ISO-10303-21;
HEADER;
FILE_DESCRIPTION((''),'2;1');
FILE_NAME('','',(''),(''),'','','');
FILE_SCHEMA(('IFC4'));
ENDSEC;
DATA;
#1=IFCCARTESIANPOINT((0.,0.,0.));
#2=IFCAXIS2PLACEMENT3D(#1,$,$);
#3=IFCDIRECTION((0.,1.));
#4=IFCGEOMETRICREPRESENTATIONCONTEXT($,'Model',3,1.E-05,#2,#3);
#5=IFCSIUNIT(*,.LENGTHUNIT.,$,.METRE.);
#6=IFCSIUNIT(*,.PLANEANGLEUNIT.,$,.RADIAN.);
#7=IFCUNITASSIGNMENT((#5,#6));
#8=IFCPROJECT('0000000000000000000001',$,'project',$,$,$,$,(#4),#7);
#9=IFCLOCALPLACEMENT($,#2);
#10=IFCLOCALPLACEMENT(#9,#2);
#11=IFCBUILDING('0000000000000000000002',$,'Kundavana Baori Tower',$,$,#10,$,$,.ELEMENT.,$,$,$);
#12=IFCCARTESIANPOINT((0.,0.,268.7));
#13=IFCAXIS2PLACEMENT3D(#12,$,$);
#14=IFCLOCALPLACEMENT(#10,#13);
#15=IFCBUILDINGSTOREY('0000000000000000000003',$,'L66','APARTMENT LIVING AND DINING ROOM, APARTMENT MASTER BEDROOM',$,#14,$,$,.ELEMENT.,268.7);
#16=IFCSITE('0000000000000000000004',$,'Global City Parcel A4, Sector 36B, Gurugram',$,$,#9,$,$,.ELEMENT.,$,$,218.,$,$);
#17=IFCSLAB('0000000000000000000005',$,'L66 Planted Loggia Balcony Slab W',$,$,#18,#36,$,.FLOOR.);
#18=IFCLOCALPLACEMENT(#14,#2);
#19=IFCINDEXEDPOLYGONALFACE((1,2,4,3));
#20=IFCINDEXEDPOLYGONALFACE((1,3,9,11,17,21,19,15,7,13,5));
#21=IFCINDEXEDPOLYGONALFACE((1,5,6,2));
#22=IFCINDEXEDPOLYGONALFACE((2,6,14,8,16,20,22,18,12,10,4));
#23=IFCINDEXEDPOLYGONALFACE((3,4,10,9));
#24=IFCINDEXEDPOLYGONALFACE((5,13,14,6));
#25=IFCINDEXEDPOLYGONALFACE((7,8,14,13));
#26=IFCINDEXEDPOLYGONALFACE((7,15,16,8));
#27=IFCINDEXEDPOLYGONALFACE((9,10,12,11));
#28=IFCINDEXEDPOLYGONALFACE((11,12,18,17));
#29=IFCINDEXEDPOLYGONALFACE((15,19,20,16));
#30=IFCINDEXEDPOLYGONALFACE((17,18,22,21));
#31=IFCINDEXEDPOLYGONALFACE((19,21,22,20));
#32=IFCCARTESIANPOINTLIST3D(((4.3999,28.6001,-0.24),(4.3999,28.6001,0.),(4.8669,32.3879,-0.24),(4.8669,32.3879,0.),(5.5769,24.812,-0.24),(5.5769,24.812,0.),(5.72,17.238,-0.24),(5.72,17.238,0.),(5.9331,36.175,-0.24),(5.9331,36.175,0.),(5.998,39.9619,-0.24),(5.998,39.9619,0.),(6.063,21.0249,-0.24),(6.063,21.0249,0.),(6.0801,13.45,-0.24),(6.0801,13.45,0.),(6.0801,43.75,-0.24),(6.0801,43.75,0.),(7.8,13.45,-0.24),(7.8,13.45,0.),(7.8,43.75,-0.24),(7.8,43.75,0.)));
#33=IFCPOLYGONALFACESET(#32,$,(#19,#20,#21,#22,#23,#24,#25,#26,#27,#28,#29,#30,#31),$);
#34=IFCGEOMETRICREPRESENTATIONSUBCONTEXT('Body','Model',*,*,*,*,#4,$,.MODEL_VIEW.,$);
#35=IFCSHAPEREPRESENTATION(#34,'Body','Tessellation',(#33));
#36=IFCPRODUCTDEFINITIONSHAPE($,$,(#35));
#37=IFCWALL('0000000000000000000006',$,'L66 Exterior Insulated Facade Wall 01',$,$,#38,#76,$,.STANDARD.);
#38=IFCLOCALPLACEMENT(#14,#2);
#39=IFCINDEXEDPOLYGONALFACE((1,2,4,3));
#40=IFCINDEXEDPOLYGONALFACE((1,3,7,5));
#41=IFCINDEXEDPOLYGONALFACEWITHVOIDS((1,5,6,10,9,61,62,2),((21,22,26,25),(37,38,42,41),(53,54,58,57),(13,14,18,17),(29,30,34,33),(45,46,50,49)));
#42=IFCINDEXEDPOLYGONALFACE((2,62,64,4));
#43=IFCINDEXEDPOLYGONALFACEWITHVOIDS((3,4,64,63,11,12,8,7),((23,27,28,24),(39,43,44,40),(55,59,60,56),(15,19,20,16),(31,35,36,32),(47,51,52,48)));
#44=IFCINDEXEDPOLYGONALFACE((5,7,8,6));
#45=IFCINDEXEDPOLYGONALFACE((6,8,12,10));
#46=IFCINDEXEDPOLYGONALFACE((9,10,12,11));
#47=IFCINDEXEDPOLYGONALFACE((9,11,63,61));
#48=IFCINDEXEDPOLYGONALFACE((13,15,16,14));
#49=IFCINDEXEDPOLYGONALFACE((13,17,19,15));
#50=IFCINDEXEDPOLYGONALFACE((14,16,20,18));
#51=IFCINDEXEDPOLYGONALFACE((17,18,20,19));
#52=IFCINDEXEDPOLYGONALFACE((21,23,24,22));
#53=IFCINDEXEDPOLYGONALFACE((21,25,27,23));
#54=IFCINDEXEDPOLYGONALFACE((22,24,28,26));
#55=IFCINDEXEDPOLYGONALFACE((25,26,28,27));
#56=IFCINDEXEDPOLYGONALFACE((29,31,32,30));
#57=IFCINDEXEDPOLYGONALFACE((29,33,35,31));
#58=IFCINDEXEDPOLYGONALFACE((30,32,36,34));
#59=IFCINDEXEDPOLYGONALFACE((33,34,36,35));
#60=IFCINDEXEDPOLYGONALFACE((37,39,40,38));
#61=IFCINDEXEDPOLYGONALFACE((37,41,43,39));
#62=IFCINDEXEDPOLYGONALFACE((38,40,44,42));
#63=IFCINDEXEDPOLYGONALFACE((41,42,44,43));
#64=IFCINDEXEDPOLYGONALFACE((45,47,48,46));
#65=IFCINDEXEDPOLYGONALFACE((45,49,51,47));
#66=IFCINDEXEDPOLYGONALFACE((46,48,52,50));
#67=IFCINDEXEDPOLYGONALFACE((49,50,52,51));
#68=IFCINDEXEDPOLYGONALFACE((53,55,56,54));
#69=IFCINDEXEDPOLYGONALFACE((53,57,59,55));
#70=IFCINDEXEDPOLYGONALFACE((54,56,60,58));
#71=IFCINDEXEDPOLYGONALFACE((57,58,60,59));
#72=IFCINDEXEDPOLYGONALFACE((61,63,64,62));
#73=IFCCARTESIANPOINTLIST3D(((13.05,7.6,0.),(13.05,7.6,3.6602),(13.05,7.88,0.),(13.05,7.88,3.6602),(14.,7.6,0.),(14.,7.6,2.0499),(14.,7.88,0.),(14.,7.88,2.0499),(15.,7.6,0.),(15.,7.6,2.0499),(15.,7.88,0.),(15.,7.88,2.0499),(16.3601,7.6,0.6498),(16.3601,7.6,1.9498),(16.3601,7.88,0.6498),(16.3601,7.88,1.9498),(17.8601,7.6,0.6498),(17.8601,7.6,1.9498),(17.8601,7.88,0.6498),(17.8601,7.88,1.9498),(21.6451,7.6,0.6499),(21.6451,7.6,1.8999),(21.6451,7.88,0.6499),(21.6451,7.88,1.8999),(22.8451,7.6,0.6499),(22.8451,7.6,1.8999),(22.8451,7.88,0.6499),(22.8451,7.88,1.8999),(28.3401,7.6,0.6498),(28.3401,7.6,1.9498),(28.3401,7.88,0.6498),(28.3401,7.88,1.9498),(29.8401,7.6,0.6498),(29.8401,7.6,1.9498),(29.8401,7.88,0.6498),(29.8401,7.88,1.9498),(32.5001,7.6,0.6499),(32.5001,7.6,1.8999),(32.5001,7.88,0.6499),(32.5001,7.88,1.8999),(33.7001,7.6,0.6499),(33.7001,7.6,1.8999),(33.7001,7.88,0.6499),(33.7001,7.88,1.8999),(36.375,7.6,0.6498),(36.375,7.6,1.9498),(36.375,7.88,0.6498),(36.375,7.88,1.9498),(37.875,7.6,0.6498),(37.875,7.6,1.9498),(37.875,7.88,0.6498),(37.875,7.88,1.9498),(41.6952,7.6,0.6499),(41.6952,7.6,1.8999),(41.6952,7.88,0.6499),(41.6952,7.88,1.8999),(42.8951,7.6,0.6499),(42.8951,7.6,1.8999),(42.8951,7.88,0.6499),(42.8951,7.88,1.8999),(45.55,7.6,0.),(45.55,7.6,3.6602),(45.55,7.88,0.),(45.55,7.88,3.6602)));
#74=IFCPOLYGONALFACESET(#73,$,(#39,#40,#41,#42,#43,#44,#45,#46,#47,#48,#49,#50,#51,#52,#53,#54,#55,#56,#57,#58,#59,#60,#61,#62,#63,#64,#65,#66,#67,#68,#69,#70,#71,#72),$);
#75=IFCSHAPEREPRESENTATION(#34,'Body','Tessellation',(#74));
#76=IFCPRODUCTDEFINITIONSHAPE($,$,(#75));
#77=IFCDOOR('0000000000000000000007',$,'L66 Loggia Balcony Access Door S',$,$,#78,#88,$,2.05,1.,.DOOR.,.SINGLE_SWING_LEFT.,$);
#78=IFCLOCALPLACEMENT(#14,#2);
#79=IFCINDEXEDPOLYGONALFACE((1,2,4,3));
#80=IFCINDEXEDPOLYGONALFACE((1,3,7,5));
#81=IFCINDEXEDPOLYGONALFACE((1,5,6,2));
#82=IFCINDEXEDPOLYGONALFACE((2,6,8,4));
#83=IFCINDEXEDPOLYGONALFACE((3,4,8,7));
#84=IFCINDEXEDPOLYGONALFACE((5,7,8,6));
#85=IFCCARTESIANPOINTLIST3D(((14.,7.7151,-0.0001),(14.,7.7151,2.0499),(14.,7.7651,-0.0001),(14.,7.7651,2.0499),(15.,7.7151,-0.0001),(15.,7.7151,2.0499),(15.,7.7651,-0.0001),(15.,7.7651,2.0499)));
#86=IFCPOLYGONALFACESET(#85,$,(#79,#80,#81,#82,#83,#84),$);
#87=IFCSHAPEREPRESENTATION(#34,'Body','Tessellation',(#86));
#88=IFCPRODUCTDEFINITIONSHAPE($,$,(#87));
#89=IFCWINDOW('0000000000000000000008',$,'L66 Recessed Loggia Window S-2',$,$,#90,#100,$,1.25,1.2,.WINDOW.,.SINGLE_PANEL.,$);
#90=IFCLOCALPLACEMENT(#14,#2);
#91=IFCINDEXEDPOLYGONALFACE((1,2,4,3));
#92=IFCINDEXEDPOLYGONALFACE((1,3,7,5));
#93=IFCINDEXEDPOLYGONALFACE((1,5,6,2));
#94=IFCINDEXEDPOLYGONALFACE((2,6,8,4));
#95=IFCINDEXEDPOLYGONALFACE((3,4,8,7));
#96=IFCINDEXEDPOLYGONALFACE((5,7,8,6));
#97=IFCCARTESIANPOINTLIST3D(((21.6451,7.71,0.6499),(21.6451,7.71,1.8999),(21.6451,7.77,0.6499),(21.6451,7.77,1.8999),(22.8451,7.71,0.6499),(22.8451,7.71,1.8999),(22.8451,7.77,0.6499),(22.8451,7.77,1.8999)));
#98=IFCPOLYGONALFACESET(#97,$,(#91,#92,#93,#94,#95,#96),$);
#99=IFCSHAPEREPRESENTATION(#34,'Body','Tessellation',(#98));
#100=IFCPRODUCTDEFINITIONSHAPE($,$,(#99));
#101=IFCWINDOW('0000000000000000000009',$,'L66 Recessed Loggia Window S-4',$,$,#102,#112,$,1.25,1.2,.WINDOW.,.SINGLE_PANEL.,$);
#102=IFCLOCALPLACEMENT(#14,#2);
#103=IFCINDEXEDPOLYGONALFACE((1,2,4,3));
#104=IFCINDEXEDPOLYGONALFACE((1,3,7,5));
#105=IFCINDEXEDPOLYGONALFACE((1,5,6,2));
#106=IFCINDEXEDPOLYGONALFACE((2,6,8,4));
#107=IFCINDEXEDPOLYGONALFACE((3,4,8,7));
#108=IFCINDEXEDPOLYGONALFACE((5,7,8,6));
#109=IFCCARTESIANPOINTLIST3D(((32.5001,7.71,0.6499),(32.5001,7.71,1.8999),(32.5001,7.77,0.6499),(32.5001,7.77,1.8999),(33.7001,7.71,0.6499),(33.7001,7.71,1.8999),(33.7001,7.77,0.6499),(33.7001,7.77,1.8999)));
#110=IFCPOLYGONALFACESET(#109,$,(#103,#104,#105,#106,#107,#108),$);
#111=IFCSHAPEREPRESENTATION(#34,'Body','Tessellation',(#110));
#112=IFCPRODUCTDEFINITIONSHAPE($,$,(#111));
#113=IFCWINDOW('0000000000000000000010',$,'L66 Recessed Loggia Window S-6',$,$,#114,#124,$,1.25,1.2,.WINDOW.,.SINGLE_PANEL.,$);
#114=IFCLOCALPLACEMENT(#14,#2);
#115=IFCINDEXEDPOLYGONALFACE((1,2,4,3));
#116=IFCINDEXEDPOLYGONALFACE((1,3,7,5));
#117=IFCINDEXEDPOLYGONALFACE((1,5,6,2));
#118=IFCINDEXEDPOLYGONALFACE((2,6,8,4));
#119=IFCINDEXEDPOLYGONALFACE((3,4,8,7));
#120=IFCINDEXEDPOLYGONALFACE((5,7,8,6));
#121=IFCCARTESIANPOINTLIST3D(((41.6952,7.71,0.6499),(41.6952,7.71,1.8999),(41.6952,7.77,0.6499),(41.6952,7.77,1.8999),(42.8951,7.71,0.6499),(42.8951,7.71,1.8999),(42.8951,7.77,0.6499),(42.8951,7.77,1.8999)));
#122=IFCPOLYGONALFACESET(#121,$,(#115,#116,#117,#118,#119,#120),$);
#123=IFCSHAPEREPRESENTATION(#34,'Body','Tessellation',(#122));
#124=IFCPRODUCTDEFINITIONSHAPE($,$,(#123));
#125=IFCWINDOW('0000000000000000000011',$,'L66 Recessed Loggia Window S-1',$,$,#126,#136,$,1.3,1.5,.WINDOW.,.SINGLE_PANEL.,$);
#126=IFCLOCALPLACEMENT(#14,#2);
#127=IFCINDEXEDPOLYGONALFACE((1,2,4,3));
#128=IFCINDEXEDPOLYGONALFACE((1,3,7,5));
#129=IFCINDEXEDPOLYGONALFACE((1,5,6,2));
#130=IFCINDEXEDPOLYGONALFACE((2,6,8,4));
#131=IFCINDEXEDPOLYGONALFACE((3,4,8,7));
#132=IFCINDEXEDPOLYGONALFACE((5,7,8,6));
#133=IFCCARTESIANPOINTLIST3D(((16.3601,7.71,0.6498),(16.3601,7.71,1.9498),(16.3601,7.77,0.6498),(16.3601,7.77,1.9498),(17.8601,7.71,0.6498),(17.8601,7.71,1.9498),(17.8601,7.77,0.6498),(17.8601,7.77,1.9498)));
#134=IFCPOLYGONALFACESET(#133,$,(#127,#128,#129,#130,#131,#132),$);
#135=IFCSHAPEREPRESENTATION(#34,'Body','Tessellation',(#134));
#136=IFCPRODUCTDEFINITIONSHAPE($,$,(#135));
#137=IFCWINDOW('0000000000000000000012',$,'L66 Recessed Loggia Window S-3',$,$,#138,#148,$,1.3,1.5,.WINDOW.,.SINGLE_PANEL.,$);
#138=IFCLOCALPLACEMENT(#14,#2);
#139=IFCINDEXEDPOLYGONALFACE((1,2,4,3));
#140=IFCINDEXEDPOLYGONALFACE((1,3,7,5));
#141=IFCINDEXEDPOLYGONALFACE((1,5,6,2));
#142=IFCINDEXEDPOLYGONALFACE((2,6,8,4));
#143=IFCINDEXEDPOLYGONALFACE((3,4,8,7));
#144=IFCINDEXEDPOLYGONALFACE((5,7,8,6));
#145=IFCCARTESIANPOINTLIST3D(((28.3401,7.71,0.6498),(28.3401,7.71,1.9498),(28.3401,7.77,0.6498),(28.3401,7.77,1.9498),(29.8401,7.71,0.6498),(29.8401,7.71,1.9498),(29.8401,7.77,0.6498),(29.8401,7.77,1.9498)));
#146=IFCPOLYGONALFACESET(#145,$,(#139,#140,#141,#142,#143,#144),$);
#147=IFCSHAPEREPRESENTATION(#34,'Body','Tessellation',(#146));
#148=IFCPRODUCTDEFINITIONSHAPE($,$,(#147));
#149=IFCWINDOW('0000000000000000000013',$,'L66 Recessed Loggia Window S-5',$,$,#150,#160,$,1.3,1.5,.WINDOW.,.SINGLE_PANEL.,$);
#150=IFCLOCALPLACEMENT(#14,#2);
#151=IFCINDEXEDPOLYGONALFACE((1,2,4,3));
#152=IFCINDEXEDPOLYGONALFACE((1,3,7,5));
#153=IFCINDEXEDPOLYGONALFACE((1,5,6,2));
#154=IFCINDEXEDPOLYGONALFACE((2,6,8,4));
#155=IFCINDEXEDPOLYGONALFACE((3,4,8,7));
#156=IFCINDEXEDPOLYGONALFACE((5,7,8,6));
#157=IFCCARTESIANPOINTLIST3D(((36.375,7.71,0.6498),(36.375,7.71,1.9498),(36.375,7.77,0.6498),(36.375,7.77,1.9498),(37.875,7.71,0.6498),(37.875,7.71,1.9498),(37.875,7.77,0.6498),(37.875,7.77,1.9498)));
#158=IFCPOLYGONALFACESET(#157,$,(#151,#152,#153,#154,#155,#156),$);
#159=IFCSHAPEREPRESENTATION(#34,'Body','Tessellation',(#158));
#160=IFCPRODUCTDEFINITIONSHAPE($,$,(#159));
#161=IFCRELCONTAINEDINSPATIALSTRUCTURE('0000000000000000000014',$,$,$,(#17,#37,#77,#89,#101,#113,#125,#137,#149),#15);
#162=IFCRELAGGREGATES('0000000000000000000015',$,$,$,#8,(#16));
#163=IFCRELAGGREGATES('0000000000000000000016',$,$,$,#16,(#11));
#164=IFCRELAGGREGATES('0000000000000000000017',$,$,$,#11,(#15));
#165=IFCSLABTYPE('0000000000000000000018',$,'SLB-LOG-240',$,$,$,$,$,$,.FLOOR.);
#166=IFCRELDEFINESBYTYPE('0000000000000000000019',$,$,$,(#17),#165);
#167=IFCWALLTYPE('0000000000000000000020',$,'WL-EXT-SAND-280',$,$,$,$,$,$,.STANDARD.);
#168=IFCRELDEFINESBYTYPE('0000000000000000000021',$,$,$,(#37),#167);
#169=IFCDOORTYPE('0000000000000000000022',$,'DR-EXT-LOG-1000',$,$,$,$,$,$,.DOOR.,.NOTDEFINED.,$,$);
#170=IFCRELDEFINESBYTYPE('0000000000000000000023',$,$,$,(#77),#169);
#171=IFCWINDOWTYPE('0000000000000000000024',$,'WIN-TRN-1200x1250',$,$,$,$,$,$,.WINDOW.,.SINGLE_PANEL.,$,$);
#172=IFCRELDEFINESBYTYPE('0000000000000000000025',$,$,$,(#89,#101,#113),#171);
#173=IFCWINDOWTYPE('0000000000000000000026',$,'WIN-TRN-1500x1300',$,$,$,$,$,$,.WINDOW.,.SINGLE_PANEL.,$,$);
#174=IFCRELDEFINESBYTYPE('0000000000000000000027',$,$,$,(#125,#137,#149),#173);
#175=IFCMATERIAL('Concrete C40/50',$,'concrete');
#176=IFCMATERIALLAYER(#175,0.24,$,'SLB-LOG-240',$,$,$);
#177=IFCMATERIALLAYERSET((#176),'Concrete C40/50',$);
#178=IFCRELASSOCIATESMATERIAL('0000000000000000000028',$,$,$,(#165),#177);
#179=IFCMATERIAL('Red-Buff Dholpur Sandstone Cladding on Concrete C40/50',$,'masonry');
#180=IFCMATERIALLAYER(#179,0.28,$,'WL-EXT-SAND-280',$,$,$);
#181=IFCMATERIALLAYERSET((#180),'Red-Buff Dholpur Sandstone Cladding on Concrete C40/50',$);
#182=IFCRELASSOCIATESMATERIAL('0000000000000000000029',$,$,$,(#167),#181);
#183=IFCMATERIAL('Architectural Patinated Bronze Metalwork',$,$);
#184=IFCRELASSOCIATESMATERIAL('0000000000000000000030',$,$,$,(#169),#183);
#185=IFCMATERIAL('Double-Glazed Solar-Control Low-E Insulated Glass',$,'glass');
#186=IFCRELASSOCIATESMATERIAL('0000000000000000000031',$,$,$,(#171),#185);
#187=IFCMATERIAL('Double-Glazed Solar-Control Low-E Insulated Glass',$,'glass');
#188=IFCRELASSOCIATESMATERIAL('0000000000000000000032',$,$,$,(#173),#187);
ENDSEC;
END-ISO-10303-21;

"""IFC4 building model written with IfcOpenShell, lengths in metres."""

from ifc_helpers import new_model, si_unit, direction, frame, frame_2d, origin, place, context, subcontext, project, spatial, polyline, rectangle, outline, extrude, material, layer, layer_set, type_object, element, fill, save


model = new_model("IFC4")

# Units and contexts
model_context = context("Model", 3, precision=1e-05, world=origin(), true_north=direction((0.0, 1.0)))
body_context = subcontext(model_context, "Body", "Model", "MODEL_VIEW")
ifc_project = project(units=[si_unit("LENGTHUNIT", "METRE"), si_unit("PLANEANGLEUNIT", "RADIAN")], contexts=[model_context])

# Site, building, storey
site_placement = place(None, origin())
site = spatial("IfcSite", under=ifc_project, at=site_placement, Name="Global City Parcel A4, Sector 36B, Gurugram", CompositionType="ELEMENT", RefElevation=218.0)
building_placement = place(site_placement, origin())
building = spatial("IfcBuilding", under=site, at=building_placement, Name="Kundavana Baori Tower", CompositionType="ELEMENT")
storey_placement = place(building_placement, frame((0.0, 0.0, 268.7)))
storey = spatial("IfcBuildingStorey", under=building, at=storey_placement, Name="L66", Description="APARTMENT LIVING AND DINING ROOM, APARTMENT MASTER BEDROOM", CompositionType="ELEMENT", Elevation=268.7)

# Slab
ifc_material_1 = material(Name="Concrete C40/50", Category="concrete")
ifc_layer_1 = layer(ifc_material_1, 0.24, Name="SLB-LOG-240")
ifc_layer_set_1 = layer_set([ifc_layer_1], Name="Concrete C40/50")
slab_type_1 = type_object("IfcSlabType", Name="SLB-LOG-240", PredefinedType="FLOOR", material=ifc_layer_set_1)
slab_1_placement = place(storey_placement, frame((0.0, 0.0, -0.24)))
element("IfcSlab", 1, at=slab_1_placement, inside=storey, type_object=slab_type_1, Name="L66 Planted Loggia Balcony Slab W", PredefinedType="FLOOR", context=body_context, shape_type="SweptSolid", body=[
    extrude(outline(polyline([(7.8, 43.75), (7.8, 13.45), (6.0801, 13.45), (5.72, 17.238), (6.063, 21.0249), (5.5769, 24.812), (4.3999, 28.6001), (4.8669, 32.3879), (5.9331, 36.175), (5.998, 39.9619), (6.0801, 43.75), (7.8, 43.75)])), origin(), (0.0, 0.0, 1.0), 0.24),
])

# Wall, openings, door, windows
ifc_material_2 = material(Name="Red-Buff Dholpur Sandstone Cladding on Concrete C40/50", Category="masonry")
ifc_layer_2 = layer(ifc_material_2, 0.28, Name="WL-EXT-SAND-280")
ifc_layer_set_2 = layer_set([ifc_layer_2], Name="Red-Buff Dholpur Sandstone Cladding on Concrete C40/50")
wall_type = type_object("IfcWallType", Name="WL-EXT-SAND-280", PredefinedType="STANDARD", material=ifc_layer_set_2)
wall_placement = place(storey_placement, frame((13.05, 7.74, 0.0), z_axis=(0.0, 0.0, 1.0), x_axis=(1.0, 0.0, 0.0)))
wall = element("IfcWall", 2, at=wall_placement, inside=storey, type_object=wall_type, Name="L66 Exterior Insulated Facade Wall 01", PredefinedType="STANDARD", context=body_context, shape_type="SweptSolid", body=[
    extrude(rectangle(XDim=32.5, YDim=0.28, at=frame_2d((16.25, 0.0))), origin(), (0.0, 0.0, 1.0), 3.6602),
])
opening_1_placement = place(wall_placement, frame((0.95, 0.0, 0.0)))
opening_1 = element("IfcOpeningElement", 3, at=opening_1_placement, cuts=wall, PredefinedType="OPENING", context=body_context, shape_type="SweptSolid", body=[
    extrude(rectangle(XDim=1.0, YDim=2.05, at=frame_2d((0.5, 1.0249))), frame((0.0, 0.1499, 0.0), z_axis=(0.0, -1.0, 0.0), x_axis=(1.0, 0.0, 0.0)), (0.0, 0.0, 1.0), 0.3),
])
opening_2_placement = place(wall_placement, frame((3.3101, 0.0, 0.6499)))
opening_2 = element("IfcOpeningElement", 4, at=opening_2_placement, cuts=wall, PredefinedType="OPENING", context=body_context, shape_type="SweptSolid", body=[
    extrude(rectangle(XDim=1.5, YDim=1.3, at=frame_2d((0.75, 0.6499))), frame((0.0, 0.1499, 0.0), z_axis=(0.0, -1.0, 0.0), x_axis=(1.0, 0.0, 0.0)), (0.0, 0.0, 1.0), 0.3),
])
opening_3_placement = place(wall_placement, frame((8.595, 0.0, 0.6499)))
opening_3 = element("IfcOpeningElement", 5, at=opening_3_placement, cuts=wall, PredefinedType="OPENING", context=body_context, shape_type="SweptSolid", body=[
    extrude(rectangle(XDim=1.2, YDim=1.25, at=frame_2d((0.6001, 0.625))), frame((0.0, 0.1499, 0.0), z_axis=(0.0, -1.0, 0.0), x_axis=(1.0, 0.0, 0.0)), (0.0, 0.0, 1.0), 0.3),
])
opening_4_placement = place(wall_placement, frame((15.29, 0.0, 0.6499)))
opening_4 = element("IfcOpeningElement", 6, at=opening_4_placement, cuts=wall, PredefinedType="OPENING", context=body_context, shape_type="SweptSolid", body=[
    extrude(rectangle(XDim=1.5, YDim=1.3, at=frame_2d((0.75, 0.6499))), frame((0.0, 0.1499, 0.0), z_axis=(0.0, -1.0, 0.0), x_axis=(1.0, 0.0, 0.0)), (0.0, 0.0, 1.0), 0.3),
])
opening_5_placement = place(wall_placement, frame((19.45, 0.0, 0.6499)))
opening_5 = element("IfcOpeningElement", 7, at=opening_5_placement, cuts=wall, PredefinedType="OPENING", context=body_context, shape_type="SweptSolid", body=[
    extrude(rectangle(XDim=1.2, YDim=1.25, at=frame_2d((0.6001, 0.625))), frame((0.0, 0.1499, 0.0), z_axis=(0.0, -1.0, 0.0), x_axis=(1.0, 0.0, 0.0)), (0.0, 0.0, 1.0), 0.3),
])
opening_6_placement = place(wall_placement, frame((23.325, 0.0, 0.6499)))
opening_6 = element("IfcOpeningElement", 8, at=opening_6_placement, cuts=wall, PredefinedType="OPENING", context=body_context, shape_type="SweptSolid", body=[
    extrude(rectangle(XDim=1.5, YDim=1.3, at=frame_2d((0.75, 0.6499))), frame((0.0, 0.1499, 0.0), z_axis=(0.0, -1.0, 0.0), x_axis=(1.0, 0.0, 0.0)), (0.0, 0.0, 1.0), 0.3),
])
opening_7_placement = place(wall_placement, frame((28.645, 0.0, 0.6499)))
opening_7 = element("IfcOpeningElement", 9, at=opening_7_placement, cuts=wall, PredefinedType="OPENING", context=body_context, shape_type="SweptSolid", body=[
    extrude(rectangle(XDim=1.2, YDim=1.25, at=frame_2d((0.6001, 0.625))), frame((0.0, 0.1499, 0.0), z_axis=(0.0, -1.0, 0.0), x_axis=(1.0, 0.0, 0.0)), (0.0, 0.0, 1.0), 0.3),
])
ifc_material_3 = material(Name="Architectural Patinated Bronze Metalwork")
door_type = type_object("IfcDoorType", Name="DR-EXT-LOG-1000", OperationType="NOTDEFINED", PredefinedType="DOOR", material=ifc_material_3)
door_placement = place(opening_1_placement, frame((1.0, 0.0, 0.0), z_axis=(0.0, 0.0, 1.0), x_axis=(-1.0, 0.0, 0.0)))
door = element("IfcDoor", 10, at=door_placement, inside=storey, type_object=door_type, Name="L66 Loggia Balcony Access Door S", OperationType="SINGLE_SWING_LEFT", OverallHeight=2.05, OverallWidth=1.0, PredefinedType="DOOR", context=body_context, shape_type="SweptSolid", body=[
    extrude(rectangle(XDim=1.0, YDim=2.05, at=frame_2d((0.5, 1.0249))), frame((0.0, 0.0249, 0.0), z_axis=(0.0, -1.0, 0.0), x_axis=(1.0, 0.0, 0.0)), (0.0, 0.0, 1.0), 0.05),
])
fill(opening_1, door)
ifc_material_4 = material(Name="Double-Glazed Solar-Control Low-E Insulated Glass", Category="glass")
window_type_1 = type_object("IfcWindowType", Name="WIN-TRN-1200x1250", PartitioningType="SINGLE_PANEL", PredefinedType="WINDOW", material=ifc_material_4)
window_1_placement = place(opening_3_placement, origin())
window_1 = element("IfcWindow", 11, at=window_1_placement, inside=storey, type_object=window_type_1, Name="L66 Recessed Loggia Window S-2", OverallHeight=1.25, OverallWidth=1.2, PartitioningType="SINGLE_PANEL", PredefinedType="WINDOW", context=body_context, shape_type="SweptSolid", body=[
    extrude(rectangle(XDim=1.2, YDim=1.25, at=frame_2d((0.6001, 0.625))), frame((0.0, 0.03, 0.0), z_axis=(0.0, -1.0, 0.0), x_axis=(1.0, 0.0, 0.0)), (0.0, 0.0, 1.0), 0.0601),
])
fill(opening_3, window_1)
window_2_placement = place(opening_5_placement, origin())
window_2 = element("IfcWindow", 12, at=window_2_placement, inside=storey, type_object=window_type_1, Name="L66 Recessed Loggia Window S-4", OverallHeight=1.25, OverallWidth=1.2, PartitioningType="SINGLE_PANEL", PredefinedType="WINDOW", context=body_context, shape_type="SweptSolid", body=[
    extrude(rectangle(XDim=1.2, YDim=1.25, at=frame_2d((0.6001, 0.625))), frame((0.0, 0.03, 0.0), z_axis=(0.0, -1.0, 0.0), x_axis=(1.0, 0.0, 0.0)), (0.0, 0.0, 1.0), 0.0601),
])
fill(opening_5, window_2)
window_3_placement = place(opening_7_placement, origin())
window_3 = element("IfcWindow", 13, at=window_3_placement, inside=storey, type_object=window_type_1, Name="L66 Recessed Loggia Window S-6", OverallHeight=1.25, OverallWidth=1.2, PartitioningType="SINGLE_PANEL", PredefinedType="WINDOW", context=body_context, shape_type="SweptSolid", body=[
    extrude(rectangle(XDim=1.2, YDim=1.25, at=frame_2d((0.6001, 0.625))), frame((0.0, 0.03, 0.0), z_axis=(0.0, -1.0, 0.0), x_axis=(1.0, 0.0, 0.0)), (0.0, 0.0, 1.0), 0.0601),
])
fill(opening_7, window_3)
ifc_material_5 = material(Name="Double-Glazed Solar-Control Low-E Insulated Glass", Category="glass")
window_type_2 = type_object("IfcWindowType", Name="WIN-TRN-1500x1300", PartitioningType="SINGLE_PANEL", PredefinedType="WINDOW", material=ifc_material_5)
window_4_placement = place(opening_2_placement, origin())
window_4 = element("IfcWindow", 14, at=window_4_placement, inside=storey, type_object=window_type_2, Name="L66 Recessed Loggia Window S-1", OverallHeight=1.3, OverallWidth=1.5, PartitioningType="SINGLE_PANEL", PredefinedType="WINDOW", context=body_context, shape_type="SweptSolid", body=[
    extrude(rectangle(XDim=1.5, YDim=1.3, at=frame_2d((0.75, 0.6499))), frame((0.0, 0.03, 0.0), z_axis=(0.0, -1.0, 0.0), x_axis=(1.0, 0.0, 0.0)), (0.0, 0.0, 1.0), 0.0601),
])
fill(opening_2, window_4)
window_5_placement = place(opening_4_placement, origin())
window_5 = element("IfcWindow", 15, at=window_5_placement, inside=storey, type_object=window_type_2, Name="L66 Recessed Loggia Window S-3", OverallHeight=1.3, OverallWidth=1.5, PartitioningType="SINGLE_PANEL", PredefinedType="WINDOW", context=body_context, shape_type="SweptSolid", body=[
    extrude(rectangle(XDim=1.5, YDim=1.3, at=frame_2d((0.75, 0.6499))), frame((0.0, 0.03, 0.0), z_axis=(0.0, -1.0, 0.0), x_axis=(1.0, 0.0, 0.0)), (0.0, 0.0, 1.0), 0.0601),
])
fill(opening_4, window_5)
window_6_placement = place(opening_6_placement, origin())
window_6 = element("IfcWindow", 16, at=window_6_placement, inside=storey, type_object=window_type_2, Name="L66 Recessed Loggia Window S-5", OverallHeight=1.3, OverallWidth=1.5, PartitioningType="SINGLE_PANEL", PredefinedType="WINDOW", context=body_context, shape_type="SweptSolid", body=[
    extrude(rectangle(XDim=1.5, YDim=1.3, at=frame_2d((0.75, 0.6499))), frame((0.0, 0.03, 0.0), z_axis=(0.0, -1.0, 0.0), x_axis=(1.0, 0.0, 0.0)), (0.0, 0.0, 1.0), 0.0601),
])
fill(opening_6, window_6)

save(model, "model.ifc")
